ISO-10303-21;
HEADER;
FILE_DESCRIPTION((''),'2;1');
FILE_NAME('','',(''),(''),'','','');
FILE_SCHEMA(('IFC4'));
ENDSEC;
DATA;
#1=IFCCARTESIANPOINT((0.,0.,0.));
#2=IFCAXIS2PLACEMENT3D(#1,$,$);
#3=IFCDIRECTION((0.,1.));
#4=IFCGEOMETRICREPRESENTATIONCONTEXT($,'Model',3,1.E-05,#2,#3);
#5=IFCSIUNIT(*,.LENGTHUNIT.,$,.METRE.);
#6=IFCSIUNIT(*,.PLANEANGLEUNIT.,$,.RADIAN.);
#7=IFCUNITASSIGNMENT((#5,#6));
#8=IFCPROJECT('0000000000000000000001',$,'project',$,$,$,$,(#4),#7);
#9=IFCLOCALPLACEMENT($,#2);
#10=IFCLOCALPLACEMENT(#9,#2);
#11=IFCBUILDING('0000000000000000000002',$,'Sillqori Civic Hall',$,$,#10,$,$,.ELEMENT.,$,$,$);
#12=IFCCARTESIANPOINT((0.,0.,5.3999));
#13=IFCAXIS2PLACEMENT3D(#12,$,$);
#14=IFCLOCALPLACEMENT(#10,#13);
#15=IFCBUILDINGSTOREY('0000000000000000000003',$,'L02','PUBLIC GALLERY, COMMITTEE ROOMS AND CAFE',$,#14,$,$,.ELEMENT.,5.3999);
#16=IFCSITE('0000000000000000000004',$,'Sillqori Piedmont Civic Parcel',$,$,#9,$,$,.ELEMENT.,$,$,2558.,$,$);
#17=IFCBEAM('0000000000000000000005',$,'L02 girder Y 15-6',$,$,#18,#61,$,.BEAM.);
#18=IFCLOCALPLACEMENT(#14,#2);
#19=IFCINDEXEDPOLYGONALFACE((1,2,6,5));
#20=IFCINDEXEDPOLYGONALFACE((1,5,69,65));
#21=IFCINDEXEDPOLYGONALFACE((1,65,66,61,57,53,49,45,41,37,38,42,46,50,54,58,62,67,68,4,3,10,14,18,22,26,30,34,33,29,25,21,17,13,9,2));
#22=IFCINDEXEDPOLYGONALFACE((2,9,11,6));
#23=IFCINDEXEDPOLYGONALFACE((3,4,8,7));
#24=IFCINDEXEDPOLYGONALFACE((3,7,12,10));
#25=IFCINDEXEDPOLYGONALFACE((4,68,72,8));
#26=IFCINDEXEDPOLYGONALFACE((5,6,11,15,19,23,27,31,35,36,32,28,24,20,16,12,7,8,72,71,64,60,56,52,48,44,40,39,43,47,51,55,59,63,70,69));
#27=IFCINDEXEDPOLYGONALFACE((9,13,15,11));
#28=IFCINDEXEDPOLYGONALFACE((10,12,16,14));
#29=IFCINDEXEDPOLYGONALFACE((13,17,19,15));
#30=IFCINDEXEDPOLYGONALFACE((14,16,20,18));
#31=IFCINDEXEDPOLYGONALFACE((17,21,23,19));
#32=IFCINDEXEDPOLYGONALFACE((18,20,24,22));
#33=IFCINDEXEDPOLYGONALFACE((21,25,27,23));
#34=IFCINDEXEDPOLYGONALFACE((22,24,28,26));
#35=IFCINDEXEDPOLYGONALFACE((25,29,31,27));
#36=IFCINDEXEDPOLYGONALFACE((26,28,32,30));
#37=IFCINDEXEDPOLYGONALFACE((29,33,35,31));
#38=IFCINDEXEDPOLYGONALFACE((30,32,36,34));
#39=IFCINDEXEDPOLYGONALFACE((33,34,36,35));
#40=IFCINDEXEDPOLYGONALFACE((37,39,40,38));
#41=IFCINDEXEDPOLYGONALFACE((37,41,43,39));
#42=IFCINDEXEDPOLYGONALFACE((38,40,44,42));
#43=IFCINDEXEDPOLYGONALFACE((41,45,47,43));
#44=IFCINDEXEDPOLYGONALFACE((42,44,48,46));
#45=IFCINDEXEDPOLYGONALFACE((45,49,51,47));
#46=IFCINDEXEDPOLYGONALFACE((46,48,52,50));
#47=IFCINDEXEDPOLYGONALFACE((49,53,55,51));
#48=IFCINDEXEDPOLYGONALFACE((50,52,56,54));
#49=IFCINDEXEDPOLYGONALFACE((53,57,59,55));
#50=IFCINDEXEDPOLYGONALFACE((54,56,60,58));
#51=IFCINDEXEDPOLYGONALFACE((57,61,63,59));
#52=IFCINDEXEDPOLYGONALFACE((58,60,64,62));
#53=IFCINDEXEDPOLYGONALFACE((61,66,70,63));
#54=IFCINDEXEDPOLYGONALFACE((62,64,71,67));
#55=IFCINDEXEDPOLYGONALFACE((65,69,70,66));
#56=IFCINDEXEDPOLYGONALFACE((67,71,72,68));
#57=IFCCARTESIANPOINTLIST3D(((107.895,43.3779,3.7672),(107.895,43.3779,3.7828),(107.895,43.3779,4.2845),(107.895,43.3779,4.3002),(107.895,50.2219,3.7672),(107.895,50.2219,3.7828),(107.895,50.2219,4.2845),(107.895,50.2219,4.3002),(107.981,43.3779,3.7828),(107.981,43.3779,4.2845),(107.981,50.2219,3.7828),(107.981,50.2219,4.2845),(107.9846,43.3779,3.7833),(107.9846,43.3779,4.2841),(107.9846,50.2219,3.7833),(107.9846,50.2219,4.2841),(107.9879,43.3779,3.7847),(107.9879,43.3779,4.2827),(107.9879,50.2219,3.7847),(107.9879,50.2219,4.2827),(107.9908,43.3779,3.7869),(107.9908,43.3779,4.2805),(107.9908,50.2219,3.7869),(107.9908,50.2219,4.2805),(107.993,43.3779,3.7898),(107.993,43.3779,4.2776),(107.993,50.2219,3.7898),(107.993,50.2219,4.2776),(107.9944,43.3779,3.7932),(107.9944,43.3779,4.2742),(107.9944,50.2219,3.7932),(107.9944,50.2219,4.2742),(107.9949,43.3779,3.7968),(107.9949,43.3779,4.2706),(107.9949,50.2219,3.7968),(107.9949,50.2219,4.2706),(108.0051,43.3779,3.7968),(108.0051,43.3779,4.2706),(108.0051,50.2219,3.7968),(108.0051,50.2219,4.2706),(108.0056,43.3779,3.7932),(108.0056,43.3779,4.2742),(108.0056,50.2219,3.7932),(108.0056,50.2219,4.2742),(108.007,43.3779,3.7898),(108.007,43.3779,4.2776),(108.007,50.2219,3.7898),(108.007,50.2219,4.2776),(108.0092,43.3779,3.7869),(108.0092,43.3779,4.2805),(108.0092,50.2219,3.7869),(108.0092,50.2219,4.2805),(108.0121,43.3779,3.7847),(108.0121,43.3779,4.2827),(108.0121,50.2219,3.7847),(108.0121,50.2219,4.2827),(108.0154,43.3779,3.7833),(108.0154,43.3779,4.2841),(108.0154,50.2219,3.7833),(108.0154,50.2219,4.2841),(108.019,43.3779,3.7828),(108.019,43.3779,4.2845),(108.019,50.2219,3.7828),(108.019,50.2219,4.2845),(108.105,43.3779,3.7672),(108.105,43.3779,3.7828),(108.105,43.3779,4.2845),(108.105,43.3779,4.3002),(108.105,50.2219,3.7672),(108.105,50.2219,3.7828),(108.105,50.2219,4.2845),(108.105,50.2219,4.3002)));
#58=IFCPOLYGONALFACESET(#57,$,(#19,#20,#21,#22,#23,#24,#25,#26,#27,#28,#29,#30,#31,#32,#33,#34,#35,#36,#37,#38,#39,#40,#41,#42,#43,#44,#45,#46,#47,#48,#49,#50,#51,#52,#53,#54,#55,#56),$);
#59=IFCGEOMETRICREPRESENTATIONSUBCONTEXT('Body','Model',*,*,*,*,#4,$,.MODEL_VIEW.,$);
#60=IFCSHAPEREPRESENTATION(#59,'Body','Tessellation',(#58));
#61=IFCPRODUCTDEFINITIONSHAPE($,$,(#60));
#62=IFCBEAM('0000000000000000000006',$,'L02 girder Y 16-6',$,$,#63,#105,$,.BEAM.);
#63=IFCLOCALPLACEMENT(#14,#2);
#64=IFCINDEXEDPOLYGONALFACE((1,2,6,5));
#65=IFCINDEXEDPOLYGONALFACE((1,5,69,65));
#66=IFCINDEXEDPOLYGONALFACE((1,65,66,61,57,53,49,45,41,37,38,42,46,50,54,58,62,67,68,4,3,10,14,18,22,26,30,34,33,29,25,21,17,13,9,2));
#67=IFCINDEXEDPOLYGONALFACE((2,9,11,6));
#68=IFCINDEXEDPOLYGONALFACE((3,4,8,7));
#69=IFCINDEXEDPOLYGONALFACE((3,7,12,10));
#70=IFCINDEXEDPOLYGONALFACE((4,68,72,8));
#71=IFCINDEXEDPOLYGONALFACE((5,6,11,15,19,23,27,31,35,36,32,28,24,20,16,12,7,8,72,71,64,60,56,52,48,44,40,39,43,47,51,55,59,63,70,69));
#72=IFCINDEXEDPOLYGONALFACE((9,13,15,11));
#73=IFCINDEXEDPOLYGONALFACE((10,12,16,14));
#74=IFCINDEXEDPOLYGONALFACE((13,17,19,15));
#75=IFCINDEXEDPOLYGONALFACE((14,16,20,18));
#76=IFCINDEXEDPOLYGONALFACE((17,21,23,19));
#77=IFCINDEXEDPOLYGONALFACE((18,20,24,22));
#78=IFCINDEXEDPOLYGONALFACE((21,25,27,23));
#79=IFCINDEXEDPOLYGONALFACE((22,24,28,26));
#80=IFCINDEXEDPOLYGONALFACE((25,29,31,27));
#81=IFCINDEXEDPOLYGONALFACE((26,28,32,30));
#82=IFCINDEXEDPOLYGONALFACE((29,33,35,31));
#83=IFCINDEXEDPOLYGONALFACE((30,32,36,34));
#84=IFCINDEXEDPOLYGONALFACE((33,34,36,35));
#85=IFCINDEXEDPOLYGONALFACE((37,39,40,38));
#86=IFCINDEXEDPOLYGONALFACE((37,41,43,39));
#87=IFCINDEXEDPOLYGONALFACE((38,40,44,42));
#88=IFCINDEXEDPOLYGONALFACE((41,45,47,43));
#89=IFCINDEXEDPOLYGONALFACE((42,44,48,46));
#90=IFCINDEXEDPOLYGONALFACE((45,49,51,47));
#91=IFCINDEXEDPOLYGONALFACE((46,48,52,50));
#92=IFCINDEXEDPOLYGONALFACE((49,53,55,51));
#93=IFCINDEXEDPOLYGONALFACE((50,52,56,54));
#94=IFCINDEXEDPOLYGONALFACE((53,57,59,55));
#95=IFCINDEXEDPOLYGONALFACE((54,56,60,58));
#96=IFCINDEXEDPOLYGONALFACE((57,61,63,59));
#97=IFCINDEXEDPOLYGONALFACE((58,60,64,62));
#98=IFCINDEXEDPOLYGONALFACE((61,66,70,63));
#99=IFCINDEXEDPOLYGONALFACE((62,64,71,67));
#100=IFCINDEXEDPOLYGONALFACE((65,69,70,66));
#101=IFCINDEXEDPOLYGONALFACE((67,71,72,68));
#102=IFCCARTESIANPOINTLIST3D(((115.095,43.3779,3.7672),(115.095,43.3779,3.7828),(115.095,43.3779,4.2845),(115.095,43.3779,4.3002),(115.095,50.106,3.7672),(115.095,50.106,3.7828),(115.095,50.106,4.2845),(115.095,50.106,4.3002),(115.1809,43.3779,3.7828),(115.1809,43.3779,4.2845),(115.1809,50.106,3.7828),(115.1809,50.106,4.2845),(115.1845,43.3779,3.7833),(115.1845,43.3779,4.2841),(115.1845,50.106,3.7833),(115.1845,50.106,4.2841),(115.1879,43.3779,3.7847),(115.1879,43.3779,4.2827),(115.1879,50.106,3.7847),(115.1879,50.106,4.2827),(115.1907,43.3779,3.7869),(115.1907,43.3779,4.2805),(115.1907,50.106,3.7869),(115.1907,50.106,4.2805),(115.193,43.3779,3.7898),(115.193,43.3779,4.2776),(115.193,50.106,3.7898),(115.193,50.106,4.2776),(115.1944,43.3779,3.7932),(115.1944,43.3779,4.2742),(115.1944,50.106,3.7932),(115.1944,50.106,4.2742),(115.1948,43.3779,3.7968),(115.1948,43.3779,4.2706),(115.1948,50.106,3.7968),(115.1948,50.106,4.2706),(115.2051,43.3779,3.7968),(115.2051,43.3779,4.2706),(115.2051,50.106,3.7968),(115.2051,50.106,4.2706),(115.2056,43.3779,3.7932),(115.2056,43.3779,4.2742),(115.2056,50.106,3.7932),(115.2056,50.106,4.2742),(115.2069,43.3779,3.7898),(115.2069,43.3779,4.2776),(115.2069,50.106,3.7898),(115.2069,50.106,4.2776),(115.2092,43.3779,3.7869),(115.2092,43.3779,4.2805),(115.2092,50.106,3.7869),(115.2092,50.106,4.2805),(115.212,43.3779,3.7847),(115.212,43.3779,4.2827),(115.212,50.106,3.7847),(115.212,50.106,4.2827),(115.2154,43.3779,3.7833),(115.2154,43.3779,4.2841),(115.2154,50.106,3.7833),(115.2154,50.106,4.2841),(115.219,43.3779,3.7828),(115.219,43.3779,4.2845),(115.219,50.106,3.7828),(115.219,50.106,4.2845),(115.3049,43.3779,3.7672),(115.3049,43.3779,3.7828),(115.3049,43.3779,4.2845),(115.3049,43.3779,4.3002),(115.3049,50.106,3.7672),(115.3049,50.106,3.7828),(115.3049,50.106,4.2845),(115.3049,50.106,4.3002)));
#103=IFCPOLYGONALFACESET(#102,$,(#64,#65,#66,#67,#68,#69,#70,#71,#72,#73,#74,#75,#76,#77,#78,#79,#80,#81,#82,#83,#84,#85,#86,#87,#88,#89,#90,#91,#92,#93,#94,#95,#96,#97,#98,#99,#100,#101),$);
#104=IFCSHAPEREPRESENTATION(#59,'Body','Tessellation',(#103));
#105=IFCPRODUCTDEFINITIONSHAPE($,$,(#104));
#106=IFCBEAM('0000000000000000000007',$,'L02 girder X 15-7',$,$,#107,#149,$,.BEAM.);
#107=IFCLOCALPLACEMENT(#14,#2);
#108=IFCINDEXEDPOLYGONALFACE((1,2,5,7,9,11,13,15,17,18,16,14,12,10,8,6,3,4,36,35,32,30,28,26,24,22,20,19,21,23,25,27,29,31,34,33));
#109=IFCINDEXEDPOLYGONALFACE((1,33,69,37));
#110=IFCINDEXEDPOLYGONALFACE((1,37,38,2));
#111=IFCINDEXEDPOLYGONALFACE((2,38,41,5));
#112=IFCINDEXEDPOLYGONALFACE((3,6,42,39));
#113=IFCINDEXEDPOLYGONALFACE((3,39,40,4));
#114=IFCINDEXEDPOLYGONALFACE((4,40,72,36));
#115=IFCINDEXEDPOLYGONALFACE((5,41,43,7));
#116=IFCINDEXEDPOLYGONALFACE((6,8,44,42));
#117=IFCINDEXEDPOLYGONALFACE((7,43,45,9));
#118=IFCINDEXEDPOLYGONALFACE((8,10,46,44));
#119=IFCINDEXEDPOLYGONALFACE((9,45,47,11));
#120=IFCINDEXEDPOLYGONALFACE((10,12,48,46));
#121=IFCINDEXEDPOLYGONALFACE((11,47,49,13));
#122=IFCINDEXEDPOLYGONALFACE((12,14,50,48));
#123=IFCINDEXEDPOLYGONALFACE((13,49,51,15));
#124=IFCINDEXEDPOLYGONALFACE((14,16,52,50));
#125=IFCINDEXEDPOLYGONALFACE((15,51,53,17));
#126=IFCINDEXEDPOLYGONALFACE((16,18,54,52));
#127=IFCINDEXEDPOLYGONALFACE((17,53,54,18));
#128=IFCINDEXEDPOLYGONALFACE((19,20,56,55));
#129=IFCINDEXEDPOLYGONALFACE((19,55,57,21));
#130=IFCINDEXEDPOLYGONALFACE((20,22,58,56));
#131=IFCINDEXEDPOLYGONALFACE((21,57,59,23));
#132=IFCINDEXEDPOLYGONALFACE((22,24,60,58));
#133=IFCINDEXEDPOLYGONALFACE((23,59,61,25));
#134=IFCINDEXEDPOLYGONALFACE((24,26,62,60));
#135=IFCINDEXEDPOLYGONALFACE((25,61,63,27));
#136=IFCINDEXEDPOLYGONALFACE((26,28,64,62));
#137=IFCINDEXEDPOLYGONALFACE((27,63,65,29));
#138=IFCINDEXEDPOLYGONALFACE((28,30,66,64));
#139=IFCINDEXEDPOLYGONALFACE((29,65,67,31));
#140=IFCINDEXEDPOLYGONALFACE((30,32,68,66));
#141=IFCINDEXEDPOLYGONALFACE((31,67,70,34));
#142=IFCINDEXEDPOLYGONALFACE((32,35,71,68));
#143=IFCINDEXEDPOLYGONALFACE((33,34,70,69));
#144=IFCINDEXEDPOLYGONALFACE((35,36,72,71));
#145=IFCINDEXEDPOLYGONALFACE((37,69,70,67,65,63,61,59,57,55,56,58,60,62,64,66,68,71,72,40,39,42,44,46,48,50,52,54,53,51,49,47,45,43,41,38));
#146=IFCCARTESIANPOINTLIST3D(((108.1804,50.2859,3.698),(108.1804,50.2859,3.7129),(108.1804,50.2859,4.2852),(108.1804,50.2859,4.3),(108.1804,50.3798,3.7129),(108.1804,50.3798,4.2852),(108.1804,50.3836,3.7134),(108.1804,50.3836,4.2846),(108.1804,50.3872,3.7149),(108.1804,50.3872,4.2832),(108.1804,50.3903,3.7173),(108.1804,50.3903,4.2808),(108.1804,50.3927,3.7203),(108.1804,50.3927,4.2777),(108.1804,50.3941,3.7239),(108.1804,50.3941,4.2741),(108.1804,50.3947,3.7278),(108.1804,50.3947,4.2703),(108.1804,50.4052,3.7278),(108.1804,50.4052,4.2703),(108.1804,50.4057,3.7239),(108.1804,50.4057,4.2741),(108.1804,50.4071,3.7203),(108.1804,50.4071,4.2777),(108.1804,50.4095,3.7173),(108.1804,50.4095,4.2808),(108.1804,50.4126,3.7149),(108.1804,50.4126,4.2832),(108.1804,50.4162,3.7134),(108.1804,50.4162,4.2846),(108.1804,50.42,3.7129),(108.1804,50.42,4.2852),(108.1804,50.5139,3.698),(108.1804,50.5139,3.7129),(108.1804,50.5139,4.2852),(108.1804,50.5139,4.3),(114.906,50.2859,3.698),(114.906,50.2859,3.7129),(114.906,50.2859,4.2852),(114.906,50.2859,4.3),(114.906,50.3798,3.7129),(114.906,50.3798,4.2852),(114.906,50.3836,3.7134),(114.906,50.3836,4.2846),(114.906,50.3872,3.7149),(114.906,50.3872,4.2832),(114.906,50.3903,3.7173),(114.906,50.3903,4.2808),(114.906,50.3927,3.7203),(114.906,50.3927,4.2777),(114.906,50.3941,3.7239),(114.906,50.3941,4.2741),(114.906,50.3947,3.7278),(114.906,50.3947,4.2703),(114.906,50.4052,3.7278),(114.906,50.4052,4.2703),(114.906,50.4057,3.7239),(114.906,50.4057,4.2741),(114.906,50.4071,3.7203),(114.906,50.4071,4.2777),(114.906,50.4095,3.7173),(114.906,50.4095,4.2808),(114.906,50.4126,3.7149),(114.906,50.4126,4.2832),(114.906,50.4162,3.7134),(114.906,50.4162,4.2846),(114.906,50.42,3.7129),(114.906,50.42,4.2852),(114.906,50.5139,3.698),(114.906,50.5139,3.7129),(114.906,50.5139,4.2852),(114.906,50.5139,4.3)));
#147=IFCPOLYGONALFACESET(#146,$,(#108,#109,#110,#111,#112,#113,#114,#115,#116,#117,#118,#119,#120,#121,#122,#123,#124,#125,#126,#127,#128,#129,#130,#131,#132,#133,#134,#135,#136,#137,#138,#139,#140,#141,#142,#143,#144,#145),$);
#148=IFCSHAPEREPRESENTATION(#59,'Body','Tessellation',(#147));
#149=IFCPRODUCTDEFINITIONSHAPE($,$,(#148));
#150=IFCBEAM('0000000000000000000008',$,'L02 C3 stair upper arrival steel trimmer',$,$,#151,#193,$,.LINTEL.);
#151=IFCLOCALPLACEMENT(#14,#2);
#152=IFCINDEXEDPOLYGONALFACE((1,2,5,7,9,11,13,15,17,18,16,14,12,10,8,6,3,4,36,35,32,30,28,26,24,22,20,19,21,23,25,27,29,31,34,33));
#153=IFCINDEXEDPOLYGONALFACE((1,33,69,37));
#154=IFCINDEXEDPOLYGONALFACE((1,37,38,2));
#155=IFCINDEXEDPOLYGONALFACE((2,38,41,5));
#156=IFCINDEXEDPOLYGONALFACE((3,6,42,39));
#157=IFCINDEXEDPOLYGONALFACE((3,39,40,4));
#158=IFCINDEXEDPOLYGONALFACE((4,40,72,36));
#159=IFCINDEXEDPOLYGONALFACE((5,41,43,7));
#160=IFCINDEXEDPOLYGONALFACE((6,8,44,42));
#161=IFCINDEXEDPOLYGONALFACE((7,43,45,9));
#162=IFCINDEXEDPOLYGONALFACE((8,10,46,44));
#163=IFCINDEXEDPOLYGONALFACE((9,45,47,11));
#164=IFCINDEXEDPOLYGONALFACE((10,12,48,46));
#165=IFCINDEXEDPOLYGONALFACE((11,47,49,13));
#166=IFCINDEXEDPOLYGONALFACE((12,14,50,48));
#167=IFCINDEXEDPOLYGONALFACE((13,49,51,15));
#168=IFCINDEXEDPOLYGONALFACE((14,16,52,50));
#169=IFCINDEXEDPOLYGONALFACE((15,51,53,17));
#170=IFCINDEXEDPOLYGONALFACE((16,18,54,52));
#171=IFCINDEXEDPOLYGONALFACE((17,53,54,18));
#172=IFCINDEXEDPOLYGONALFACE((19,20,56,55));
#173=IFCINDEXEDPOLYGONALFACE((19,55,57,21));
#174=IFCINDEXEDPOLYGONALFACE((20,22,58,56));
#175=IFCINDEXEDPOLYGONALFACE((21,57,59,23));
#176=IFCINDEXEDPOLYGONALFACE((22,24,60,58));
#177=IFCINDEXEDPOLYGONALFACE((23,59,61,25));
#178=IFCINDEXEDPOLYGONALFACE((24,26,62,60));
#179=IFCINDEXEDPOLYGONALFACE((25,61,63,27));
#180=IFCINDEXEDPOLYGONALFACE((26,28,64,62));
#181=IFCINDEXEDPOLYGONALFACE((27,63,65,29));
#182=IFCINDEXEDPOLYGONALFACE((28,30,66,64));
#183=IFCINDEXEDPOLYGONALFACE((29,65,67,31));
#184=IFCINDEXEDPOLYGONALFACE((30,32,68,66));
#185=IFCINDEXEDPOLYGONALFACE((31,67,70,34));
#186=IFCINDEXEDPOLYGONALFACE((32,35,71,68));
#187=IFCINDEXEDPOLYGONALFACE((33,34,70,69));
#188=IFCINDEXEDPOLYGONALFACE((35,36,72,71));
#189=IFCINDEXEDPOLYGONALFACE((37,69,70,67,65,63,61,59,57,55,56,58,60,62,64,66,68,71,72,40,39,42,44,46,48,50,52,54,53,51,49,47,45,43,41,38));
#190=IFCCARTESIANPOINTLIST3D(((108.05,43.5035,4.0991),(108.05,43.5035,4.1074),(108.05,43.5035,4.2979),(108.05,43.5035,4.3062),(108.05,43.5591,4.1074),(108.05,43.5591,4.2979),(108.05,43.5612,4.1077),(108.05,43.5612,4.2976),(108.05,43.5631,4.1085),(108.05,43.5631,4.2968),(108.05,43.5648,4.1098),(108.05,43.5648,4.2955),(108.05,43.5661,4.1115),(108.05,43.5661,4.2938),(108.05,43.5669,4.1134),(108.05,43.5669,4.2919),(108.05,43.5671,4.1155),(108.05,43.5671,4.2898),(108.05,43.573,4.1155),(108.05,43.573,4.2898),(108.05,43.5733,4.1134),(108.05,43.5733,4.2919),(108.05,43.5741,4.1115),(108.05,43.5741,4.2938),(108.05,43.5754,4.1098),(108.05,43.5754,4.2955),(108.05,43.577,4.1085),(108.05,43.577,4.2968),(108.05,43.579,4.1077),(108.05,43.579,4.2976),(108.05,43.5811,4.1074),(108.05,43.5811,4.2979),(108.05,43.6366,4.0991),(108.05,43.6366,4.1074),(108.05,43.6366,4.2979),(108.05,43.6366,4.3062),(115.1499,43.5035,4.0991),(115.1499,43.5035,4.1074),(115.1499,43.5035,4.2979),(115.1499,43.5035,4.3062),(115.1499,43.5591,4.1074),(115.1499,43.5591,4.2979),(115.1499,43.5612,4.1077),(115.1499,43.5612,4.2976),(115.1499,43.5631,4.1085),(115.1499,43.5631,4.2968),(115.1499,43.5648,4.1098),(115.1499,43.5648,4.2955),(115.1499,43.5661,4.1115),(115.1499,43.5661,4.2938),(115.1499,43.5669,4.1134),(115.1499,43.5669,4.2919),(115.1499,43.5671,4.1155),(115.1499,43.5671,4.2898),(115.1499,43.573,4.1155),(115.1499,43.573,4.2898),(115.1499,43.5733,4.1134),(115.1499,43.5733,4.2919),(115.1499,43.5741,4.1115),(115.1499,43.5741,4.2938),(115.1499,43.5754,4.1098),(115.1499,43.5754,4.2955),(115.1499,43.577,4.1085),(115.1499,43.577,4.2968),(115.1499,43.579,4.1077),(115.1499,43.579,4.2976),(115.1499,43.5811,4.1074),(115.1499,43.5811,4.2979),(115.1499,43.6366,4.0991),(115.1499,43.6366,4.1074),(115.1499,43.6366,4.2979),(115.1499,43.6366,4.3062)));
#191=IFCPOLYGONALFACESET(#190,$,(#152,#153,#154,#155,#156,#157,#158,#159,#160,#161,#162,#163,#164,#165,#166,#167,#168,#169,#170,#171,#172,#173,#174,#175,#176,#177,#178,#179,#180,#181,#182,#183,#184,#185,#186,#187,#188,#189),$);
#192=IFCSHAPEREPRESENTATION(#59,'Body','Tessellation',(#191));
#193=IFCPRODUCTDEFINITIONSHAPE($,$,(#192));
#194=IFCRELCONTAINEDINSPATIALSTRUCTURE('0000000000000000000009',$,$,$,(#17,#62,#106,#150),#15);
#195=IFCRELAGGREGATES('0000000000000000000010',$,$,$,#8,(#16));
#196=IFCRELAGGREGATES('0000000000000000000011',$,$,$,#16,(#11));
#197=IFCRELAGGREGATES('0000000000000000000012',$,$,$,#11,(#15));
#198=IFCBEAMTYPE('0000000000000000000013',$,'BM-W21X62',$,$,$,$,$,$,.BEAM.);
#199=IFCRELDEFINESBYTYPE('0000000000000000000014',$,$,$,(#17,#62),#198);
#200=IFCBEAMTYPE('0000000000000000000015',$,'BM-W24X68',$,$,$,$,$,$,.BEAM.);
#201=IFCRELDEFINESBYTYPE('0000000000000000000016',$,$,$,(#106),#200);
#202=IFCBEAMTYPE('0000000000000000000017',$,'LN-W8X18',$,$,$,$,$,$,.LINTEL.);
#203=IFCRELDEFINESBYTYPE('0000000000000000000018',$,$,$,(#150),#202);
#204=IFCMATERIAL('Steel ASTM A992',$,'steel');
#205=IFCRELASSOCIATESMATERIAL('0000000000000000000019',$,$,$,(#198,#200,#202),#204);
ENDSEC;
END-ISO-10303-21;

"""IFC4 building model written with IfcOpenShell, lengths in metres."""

from ifc_helpers import new_model, si_unit, direction, frame, origin, origin_2d, place, context, subcontext, project, spatial, i_section, extrude, material, material_profile, profile_set, type_object, element, save


model = new_model("IFC4")

# Units and contexts
model_context = context("Model", 3, precision=1e-05, world=origin(), true_north=direction((0.0, 1.0)))
body_context = subcontext(model_context, "Body", "Model", "MODEL_VIEW")
ifc_project = project(units=[si_unit("LENGTHUNIT", "METRE"), si_unit("PLANEANGLEUNIT", "RADIAN")], contexts=[model_context])

# Site, building, storey
site_placement = place(None, origin())
site = spatial("IfcSite", under=ifc_project, at=site_placement, Name="Sillqori Piedmont Civic Parcel", CompositionType="ELEMENT", RefElevation=2558.0)
building_placement = place(site_placement, origin())
building = spatial("IfcBuilding", under=site, at=building_placement, Name="Sillqori Civic Hall", CompositionType="ELEMENT")
storey_placement = place(building_placement, frame((0.0, 0.0, 5.3999)))
storey = spatial("IfcBuildingStorey", under=building, at=storey_placement, Name="L02", Description="PUBLIC GALLERY, COMMITTEE ROOMS AND CAFE", CompositionType="ELEMENT", Elevation=5.3999)

# Shared definitions
ifc_material_1 = material(Name="Steel ASTM A992", Category="steel")

# Beams
ifc_material_profile_1 = material_profile(ifc_material_1, i_section(OverallWidth=0.21, OverallDepth=0.533, WebThickness=0.0103, FlangeThickness=0.0156, FilletRadius=0.0139, at=origin_2d()), Name="W21X62")
ifc_profile_set_1 = profile_set([ifc_material_profile_1], Name="Steel ASTM A992")
beam_type_1 = type_object("IfcBeamType", Name="BM-W21X62", PredefinedType="BEAM", material=ifc_profile_set_1)
beam_1_placement = place(storey_placement, frame((108.0, 43.3779, 4.0337), z_axis=(0.0, 1.0, 0.0), x_axis=(-1.0, 0.0, 0.0)))
element("IfcBeam", 1, at=beam_1_placement, inside=storey, type_object=beam_type_1, Name="L02 girder Y 15-6", PredefinedType="BEAM", context=body_context, shape_type="SweptSolid", body=[
    extrude(i_section(OverallWidth=0.21, OverallDepth=0.533, WebThickness=0.0103, FlangeThickness=0.0156, FilletRadius=0.0139, at=origin_2d()), origin(), (0.0, 0.0, 1.0), 6.844),
])
beam_2_placement = place(storey_placement, frame((115.2, 43.3779, 4.0337), z_axis=(0.0, 1.0, 0.0), x_axis=(-1.0, 0.0, 0.0)))
element("IfcBeam", 2, at=beam_2_placement, inside=storey, type_object=beam_type_1, Name="L02 girder Y 16-6", PredefinedType="BEAM", context=body_context, shape_type="SweptSolid", body=[
    extrude(i_section(OverallWidth=0.21, OverallDepth=0.533, WebThickness=0.0103, FlangeThickness=0.0156, FilletRadius=0.0139, at=origin_2d()), origin(), (0.0, 0.0, 1.0), 6.728),
])
ifc_material_profile_2 = material_profile(ifc_material_1, i_section(OverallWidth=0.228, OverallDepth=0.6021, WebThickness=0.0105, FlangeThickness=0.0149, FilletRadius=0.0149, at=origin_2d()), Name="W24X68")
ifc_profile_set_2 = profile_set([ifc_material_profile_2], Name="Steel ASTM A992")
beam_type_2 = type_object("IfcBeamType", Name="BM-W24X68", PredefinedType="BEAM", material=ifc_profile_set_2)
beam_3_placement = place(storey_placement, frame((108.1804, 50.3999, 3.999), z_axis=(1.0, 0.0, 0.0), x_axis=(0.0, 1.0, 0.0)))
element("IfcBeam", 3, at=beam_3_placement, inside=storey, type_object=beam_type_2, Name="L02 girder X 15-7", PredefinedType="BEAM", context=body_context, shape_type="SweptSolid", body=[
    extrude(i_section(OverallWidth=0.228, OverallDepth=0.6021, WebThickness=0.0105, FlangeThickness=0.0149, FilletRadius=0.0149, at=origin_2d()), origin(), (0.0, 0.0, 1.0), 6.7256),
])
ifc_material_profile_3 = material_profile(ifc_material_1, i_section(OverallWidth=0.1331, OverallDepth=0.207, WebThickness=0.0059, FlangeThickness=0.0083, FilletRadius=0.0081, at=origin_2d()), Name="W8X18")
ifc_profile_set_3 = profile_set([ifc_material_profile_3], Name="Steel ASTM A992")
beam_type_3 = type_object("IfcBeamType", Name="LN-W8X18", PredefinedType="LINTEL", material=ifc_profile_set_3)
beam_4_placement = place(storey_placement, frame((108.05, 43.5701, 4.2026), z_axis=(1.0, 0.0, 0.0), x_axis=(0.0, 1.0, 0.0)))
element("IfcBeam", 4, at=beam_4_placement, inside=storey, type_object=beam_type_3, Name="L02 C3 stair upper arrival steel trimmer", PredefinedType="LINTEL", context=body_context, shape_type="SweptSolid", body=[
    extrude(i_section(OverallWidth=0.1331, OverallDepth=0.207, WebThickness=0.0059, FlangeThickness=0.0083, FilletRadius=0.0081, at=origin_2d()), origin(), (0.0, 0.0, 1.0), 7.0999),
])

save(model, "model.ifc")
